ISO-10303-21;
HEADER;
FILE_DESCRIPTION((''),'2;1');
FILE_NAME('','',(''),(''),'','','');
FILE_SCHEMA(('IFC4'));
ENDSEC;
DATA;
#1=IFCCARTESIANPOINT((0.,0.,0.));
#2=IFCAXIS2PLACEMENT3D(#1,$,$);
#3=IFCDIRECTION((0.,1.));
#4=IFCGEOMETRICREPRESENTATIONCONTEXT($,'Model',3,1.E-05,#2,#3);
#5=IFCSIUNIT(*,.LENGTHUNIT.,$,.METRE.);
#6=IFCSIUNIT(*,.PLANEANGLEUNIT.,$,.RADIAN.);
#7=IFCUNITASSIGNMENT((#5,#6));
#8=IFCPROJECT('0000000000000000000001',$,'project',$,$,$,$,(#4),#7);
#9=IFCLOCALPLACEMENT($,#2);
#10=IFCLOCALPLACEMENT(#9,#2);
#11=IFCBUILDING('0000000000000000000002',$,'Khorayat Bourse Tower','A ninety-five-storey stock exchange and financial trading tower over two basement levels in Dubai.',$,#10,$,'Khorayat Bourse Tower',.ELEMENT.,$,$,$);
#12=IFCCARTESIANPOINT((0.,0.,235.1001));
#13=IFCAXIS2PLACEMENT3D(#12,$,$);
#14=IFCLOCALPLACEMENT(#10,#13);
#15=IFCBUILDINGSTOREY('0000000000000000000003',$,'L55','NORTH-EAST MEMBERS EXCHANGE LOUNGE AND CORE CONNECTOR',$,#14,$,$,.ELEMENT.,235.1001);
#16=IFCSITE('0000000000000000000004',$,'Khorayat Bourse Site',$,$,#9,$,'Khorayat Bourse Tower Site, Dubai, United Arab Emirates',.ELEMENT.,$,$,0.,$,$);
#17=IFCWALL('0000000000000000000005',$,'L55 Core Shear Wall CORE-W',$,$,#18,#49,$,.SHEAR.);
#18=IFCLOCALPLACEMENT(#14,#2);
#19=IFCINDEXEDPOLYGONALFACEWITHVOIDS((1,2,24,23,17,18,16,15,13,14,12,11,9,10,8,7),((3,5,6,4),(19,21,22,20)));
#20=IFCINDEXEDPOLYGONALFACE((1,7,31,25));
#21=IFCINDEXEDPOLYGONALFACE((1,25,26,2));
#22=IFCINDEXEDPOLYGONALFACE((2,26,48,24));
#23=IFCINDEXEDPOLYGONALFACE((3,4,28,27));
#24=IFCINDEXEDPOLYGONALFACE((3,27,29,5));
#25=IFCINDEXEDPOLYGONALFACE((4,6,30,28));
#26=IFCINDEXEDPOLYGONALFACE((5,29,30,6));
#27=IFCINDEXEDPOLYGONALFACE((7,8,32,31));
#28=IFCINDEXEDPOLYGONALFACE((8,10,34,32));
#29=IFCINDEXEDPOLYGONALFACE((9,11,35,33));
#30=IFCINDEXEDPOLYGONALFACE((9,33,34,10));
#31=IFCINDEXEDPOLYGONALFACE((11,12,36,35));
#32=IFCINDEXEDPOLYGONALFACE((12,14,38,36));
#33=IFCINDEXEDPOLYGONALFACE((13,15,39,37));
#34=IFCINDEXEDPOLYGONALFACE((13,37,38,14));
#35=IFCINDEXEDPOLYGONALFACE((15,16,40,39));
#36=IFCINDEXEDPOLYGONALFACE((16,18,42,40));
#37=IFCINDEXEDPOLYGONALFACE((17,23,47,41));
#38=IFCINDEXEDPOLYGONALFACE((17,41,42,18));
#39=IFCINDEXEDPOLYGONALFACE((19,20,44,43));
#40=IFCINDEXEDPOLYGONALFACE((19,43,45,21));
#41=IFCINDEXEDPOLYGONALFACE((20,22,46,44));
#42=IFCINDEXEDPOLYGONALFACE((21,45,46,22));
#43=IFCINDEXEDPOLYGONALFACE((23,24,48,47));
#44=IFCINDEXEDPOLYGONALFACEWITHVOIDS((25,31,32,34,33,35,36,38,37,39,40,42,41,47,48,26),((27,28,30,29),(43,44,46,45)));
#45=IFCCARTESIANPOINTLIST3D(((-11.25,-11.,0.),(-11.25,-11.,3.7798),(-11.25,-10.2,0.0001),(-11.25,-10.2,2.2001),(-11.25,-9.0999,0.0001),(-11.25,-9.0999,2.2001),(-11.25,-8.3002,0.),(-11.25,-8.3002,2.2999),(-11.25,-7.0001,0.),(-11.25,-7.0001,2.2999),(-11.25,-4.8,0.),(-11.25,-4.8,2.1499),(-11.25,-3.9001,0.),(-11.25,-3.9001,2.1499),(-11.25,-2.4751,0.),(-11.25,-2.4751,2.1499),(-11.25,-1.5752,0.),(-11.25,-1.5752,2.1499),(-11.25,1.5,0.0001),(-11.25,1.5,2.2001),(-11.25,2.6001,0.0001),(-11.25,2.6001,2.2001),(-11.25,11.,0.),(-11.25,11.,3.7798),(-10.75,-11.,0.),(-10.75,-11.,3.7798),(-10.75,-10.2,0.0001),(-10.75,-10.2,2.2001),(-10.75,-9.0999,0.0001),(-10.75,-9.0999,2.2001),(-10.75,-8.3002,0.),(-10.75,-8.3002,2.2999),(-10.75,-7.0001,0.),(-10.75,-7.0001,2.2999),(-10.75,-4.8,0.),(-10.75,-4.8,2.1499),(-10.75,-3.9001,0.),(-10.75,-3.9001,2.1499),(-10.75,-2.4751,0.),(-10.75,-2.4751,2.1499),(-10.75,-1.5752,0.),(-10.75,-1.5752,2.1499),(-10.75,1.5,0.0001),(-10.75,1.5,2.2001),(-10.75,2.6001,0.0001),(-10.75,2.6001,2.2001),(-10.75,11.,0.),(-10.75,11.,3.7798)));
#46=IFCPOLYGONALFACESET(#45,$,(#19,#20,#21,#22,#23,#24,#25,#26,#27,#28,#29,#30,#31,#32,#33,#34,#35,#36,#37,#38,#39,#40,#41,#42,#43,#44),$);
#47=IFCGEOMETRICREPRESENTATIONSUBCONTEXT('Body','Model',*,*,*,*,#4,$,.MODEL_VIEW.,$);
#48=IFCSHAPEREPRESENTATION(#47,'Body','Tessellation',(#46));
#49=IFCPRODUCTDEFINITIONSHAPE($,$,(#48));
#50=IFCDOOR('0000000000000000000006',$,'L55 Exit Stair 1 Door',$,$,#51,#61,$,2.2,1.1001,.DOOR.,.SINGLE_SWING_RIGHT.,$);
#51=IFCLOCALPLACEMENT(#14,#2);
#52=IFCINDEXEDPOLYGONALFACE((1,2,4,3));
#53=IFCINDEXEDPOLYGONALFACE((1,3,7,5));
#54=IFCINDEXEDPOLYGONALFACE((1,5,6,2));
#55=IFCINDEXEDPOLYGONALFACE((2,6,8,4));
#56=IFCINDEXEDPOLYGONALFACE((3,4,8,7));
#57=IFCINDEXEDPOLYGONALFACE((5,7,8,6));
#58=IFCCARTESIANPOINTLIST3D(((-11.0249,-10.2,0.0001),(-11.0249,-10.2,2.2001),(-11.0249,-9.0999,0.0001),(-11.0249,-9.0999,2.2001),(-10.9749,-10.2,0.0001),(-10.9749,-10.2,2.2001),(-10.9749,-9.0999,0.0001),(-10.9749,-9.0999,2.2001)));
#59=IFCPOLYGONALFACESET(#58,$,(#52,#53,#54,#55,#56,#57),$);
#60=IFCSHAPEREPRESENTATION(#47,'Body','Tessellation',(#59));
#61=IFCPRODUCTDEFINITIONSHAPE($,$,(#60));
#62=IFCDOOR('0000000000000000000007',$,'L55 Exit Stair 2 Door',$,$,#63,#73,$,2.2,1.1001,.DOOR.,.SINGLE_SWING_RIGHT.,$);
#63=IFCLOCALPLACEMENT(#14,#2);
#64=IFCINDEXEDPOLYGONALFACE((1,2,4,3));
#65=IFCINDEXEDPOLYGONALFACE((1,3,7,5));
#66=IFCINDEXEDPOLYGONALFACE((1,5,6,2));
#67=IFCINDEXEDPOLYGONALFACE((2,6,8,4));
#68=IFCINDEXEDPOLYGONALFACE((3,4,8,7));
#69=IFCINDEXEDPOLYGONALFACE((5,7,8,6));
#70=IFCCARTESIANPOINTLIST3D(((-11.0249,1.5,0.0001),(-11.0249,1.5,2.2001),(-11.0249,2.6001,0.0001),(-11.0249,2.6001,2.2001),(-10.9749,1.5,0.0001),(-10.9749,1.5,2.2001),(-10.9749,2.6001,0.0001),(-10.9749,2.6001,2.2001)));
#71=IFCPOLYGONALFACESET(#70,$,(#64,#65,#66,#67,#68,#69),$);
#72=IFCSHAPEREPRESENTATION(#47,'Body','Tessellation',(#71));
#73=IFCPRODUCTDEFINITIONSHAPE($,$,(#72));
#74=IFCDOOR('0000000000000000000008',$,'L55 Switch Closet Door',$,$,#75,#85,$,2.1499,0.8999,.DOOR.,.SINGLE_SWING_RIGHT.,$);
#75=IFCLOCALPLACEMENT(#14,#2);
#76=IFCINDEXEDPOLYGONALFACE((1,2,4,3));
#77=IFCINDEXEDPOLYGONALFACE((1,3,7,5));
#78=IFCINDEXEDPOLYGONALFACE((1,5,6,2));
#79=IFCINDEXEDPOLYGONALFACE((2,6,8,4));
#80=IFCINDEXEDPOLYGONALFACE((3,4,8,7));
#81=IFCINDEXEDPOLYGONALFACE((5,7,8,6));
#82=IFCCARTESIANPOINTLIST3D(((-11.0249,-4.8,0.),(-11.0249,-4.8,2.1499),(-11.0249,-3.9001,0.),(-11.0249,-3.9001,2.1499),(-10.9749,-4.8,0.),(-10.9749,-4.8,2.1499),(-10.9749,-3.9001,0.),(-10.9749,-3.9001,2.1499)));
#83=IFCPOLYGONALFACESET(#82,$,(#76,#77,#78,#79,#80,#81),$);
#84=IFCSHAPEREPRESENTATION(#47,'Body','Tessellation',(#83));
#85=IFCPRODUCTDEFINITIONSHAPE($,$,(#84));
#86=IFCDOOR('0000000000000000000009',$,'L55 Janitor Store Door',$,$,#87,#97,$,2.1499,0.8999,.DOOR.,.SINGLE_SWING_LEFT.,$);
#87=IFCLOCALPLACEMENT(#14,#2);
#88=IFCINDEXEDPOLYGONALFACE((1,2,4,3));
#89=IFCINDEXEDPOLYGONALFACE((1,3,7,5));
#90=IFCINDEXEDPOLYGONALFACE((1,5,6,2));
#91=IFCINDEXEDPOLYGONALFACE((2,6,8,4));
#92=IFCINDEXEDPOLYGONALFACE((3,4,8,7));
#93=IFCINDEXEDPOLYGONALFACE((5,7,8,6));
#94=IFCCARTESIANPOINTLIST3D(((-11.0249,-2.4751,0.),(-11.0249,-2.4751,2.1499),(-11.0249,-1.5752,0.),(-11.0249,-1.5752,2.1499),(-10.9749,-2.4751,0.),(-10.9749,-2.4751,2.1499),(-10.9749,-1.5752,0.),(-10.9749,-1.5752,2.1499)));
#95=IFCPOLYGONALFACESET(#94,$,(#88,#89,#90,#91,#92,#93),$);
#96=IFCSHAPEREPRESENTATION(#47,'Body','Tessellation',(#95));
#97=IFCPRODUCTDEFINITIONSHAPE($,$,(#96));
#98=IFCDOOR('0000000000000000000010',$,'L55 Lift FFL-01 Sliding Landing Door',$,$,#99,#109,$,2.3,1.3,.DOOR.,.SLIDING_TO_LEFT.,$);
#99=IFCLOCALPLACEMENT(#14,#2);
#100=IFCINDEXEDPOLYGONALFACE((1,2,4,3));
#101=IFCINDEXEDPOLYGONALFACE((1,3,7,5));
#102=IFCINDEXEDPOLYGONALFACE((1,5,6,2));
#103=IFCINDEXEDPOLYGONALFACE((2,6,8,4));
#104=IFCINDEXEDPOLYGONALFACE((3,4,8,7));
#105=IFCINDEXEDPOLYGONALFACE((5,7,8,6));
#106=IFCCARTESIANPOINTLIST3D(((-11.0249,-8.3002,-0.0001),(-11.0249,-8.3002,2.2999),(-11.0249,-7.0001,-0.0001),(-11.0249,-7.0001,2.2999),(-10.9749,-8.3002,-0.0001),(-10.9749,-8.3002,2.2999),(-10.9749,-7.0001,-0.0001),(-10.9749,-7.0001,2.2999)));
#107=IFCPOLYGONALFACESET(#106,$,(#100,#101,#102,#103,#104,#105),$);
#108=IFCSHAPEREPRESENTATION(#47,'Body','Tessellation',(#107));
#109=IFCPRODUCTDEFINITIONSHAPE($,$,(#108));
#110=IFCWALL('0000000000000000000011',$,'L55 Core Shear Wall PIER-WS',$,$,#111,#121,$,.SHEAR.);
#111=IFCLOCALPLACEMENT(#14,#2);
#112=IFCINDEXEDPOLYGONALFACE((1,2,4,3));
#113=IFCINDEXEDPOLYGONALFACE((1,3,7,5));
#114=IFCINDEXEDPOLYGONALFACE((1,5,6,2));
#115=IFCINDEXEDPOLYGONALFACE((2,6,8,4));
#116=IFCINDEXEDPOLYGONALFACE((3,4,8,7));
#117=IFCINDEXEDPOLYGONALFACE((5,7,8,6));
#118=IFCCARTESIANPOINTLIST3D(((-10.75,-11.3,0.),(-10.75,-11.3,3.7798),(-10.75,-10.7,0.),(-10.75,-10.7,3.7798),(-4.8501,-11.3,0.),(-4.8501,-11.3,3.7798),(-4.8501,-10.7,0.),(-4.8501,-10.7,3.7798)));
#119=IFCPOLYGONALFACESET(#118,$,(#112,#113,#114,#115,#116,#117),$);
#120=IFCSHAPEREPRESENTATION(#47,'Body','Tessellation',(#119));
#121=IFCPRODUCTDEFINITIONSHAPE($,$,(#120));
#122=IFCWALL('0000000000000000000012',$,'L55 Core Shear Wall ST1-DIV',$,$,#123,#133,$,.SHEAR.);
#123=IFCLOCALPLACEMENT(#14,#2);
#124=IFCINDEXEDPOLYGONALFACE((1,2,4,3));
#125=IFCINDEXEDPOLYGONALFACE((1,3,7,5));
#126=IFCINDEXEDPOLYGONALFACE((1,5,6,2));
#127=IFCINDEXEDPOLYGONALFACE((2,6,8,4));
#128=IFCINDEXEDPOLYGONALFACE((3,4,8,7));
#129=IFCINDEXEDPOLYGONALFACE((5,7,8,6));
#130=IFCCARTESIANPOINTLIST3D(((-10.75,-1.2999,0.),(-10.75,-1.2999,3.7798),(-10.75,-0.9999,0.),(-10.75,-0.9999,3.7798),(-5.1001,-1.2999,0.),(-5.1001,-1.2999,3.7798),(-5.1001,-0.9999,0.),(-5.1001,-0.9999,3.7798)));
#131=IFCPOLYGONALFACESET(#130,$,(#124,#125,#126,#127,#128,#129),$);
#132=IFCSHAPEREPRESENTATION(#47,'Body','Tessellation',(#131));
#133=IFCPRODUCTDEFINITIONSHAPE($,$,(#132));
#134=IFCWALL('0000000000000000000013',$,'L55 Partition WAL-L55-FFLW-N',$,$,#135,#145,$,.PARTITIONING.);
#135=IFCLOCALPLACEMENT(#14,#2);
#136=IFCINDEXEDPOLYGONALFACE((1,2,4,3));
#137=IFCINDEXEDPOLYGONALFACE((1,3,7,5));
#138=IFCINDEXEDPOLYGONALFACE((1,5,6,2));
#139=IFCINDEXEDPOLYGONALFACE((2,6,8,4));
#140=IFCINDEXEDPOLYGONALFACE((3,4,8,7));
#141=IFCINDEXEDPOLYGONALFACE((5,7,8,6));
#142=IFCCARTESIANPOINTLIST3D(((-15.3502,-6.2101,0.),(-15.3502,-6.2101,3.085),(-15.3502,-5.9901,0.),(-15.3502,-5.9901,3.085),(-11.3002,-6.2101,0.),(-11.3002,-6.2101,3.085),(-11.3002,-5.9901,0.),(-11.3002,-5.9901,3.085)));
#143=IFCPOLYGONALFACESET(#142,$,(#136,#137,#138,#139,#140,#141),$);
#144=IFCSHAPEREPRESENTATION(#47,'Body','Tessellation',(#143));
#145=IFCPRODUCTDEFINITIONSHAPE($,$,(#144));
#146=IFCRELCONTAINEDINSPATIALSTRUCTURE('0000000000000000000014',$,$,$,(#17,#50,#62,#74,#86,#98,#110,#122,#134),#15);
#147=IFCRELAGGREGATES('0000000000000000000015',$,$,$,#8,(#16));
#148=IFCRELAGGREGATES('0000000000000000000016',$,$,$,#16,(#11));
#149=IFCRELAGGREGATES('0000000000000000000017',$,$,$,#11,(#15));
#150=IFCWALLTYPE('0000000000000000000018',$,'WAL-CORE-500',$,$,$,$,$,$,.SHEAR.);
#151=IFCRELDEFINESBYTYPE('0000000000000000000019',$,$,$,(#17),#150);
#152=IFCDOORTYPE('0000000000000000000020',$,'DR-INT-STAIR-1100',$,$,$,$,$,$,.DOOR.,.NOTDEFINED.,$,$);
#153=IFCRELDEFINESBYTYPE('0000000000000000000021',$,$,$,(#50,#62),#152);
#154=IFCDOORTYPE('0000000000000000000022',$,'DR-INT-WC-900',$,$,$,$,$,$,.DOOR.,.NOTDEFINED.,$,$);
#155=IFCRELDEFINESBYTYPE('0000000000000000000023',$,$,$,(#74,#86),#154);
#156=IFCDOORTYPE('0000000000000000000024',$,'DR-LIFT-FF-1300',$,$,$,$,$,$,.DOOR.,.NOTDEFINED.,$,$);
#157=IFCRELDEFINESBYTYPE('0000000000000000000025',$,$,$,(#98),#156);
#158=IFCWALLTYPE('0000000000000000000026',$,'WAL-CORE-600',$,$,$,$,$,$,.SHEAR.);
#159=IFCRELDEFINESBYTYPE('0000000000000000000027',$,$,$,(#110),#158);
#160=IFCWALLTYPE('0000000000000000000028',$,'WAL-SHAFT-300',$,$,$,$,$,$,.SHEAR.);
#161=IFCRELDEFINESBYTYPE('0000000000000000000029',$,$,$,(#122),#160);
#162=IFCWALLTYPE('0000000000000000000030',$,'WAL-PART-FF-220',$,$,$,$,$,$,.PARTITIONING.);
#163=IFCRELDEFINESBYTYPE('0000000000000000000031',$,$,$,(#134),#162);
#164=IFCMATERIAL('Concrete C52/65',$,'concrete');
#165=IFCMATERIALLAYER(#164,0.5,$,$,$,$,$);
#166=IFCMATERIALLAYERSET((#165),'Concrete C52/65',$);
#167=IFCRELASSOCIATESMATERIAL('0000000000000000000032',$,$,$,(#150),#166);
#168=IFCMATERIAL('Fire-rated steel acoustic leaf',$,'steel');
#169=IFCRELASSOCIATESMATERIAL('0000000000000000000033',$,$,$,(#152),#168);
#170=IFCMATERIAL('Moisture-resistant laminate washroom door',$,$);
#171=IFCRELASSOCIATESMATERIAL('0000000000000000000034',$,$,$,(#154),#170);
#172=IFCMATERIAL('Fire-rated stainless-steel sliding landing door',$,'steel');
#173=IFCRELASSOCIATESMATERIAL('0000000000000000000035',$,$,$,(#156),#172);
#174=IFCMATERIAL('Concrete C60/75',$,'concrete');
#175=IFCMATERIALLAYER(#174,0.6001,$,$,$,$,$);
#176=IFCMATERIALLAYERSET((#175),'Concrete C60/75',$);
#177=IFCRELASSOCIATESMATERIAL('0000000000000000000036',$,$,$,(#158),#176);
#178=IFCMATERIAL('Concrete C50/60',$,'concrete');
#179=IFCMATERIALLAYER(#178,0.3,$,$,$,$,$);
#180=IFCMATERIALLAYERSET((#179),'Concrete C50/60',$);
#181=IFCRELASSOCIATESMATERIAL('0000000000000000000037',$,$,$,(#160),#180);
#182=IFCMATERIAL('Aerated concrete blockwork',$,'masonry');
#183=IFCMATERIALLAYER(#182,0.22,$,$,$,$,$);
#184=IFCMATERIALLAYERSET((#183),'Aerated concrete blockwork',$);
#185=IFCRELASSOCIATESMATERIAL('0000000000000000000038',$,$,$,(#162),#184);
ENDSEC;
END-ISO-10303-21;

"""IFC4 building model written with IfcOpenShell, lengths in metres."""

from ifc_helpers import new_model, si_unit, direction, frame, frame_2d, origin, place, context, subcontext, project, spatial, rectangle, extrude, source, transform, mapped, material, layer, layer_set, type_object, element, fill, save


model = new_model("IFC4")

# Units and contexts
model_context = context("Model", 3, precision=1e-05, world=origin(), true_north=direction((0.0, 1.0)))
body_context = subcontext(model_context, "Body", "Model", "MODEL_VIEW")
ifc_project = project(units=[si_unit("LENGTHUNIT", "METRE"), si_unit("PLANEANGLEUNIT", "RADIAN")], contexts=[model_context])

# Site, building, storey
site_placement = place(None, origin())
site = spatial("IfcSite", under=ifc_project, at=site_placement, Name="Khorayat Bourse Site", LongName="Khorayat Bourse Tower Site, Dubai, United Arab Emirates", CompositionType="ELEMENT", RefElevation=0.0)
building_placement = place(site_placement, origin())
building = spatial("IfcBuilding", under=site, at=building_placement, Name="Khorayat Bourse Tower", Description="A ninety-five-storey stock exchange and financial trading tower over two basement levels in Dubai.", LongName="Khorayat Bourse Tower", CompositionType="ELEMENT")
storey_placement = place(building_placement, frame((0.0, 0.0, 235.1001)))
storey = spatial("IfcBuildingStorey", under=building, at=storey_placement, Name="L55", Description="NORTH-EAST MEMBERS EXCHANGE LOUNGE AND CORE CONNECTOR", CompositionType="ELEMENT", Elevation=235.1001)

# Shared definitions
ifc_material_1 = material(Name="Concrete C60/75", Category="concrete")

# Wall, openings, doors
ifc_material_2 = material(Name="Concrete C52/65", Category="concrete")
ifc_layer_1 = layer(ifc_material_2, 0.5)
ifc_layer_set_1 = layer_set([ifc_layer_1], Name="Concrete C52/65")
wall_type_1 = type_object("IfcWallType", Name="WAL-CORE-500", PredefinedType="SHEAR", material=ifc_layer_set_1)
shared_shape_1 = source(origin(), body_context, "Body", "SweptSolid", [
    extrude(rectangle(XDim=22.0, YDim=0.5, at=frame_2d((11.0, 0.0))), origin(), (0.0, 0.0, 1.0), 3.7798),
])
wall_1_placement = place(storey_placement, frame((-11.0, -11.0, 0.0), z_axis=(0.0, 0.0, 1.0), x_axis=(0.0, 1.0, 0.0)))
wall_1 = element("IfcWall", 1, at=wall_1_placement, inside=storey, type_object=wall_type_1, Name="L55 Core Shear Wall CORE-W", PredefinedType="SHEAR", context=body_context, shape_type="MappedRepresentation", body=[
    mapped(shared_shape_1, transform((0.0, 0.0, 0.0), scale=1.0)),
])
shared_shape_2 = source(origin(), body_context, "Body", "SweptSolid", [
    extrude(rectangle(XDim=1.1001, YDim=2.2, at=frame_2d((0.55, 1.1001))), frame((0.0, 0.26, 0.0), z_axis=(0.0, -1.0, 0.0), x_axis=(1.0, 0.0, 0.0)), (0.0, 0.0, 1.0), 0.52),
])
opening_1_placement = place(wall_1_placement, frame((0.8, 0.0, 0.0)))
opening_1 = element("IfcOpeningElement", 2, at=opening_1_placement, cuts=wall_1, PredefinedType="OPENING", context=body_context, shape_type="MappedRepresentation", body=[
    mapped(shared_shape_2, transform((0.0, 0.0, 0.0), scale=1.0)),
])
opening_2_placement = place(wall_1_placement, frame((12.5, 0.0, 0.0)))
opening_2 = element("IfcOpeningElement", 3, at=opening_2_placement, cuts=wall_1, PredefinedType="OPENING", context=body_context, shape_type="MappedRepresentation", body=[
    mapped(shared_shape_2, transform((0.0, 0.0, 0.0), scale=1.0)),
])
shared_shape_3 = source(origin(), body_context, "Body", "SweptSolid", [
    extrude(rectangle(XDim=0.8999, YDim=2.1499, at=frame_2d((0.45, 1.075))), frame((0.0, 0.26, 0.0), z_axis=(0.0, -1.0, 0.0), x_axis=(1.0, 0.0, 0.0)), (0.0, 0.0, 1.0), 0.52),
])
opening_3_placement = place(wall_1_placement, frame((6.2, 0.0, 0.0)))
opening_3 = element("IfcOpeningElement", 4, at=opening_3_placement, cuts=wall_1, PredefinedType="OPENING", context=body_context, shape_type="MappedRepresentation", body=[
    mapped(shared_shape_3, transform((0.0, 0.0, 0.0), scale=1.0)),
])
opening_4_placement = place(wall_1_placement, frame((8.5249, 0.0, 0.0)))
opening_4 = element("IfcOpeningElement", 5, at=opening_4_placement, cuts=wall_1, PredefinedType="OPENING", context=body_context, shape_type="MappedRepresentation", body=[
    mapped(shared_shape_3, transform((0.0, 0.0, 0.0), scale=1.0)),
])
shared_shape_4 = source(origin(), body_context, "Body", "SweptSolid", [
    extrude(rectangle(XDim=1.3, YDim=2.3, at=frame_2d((0.6499, 1.1499))), frame((0.0, 0.26, 0.0), z_axis=(0.0, -1.0, 0.0), x_axis=(1.0, 0.0, 0.0)), (0.0, 0.0, 1.0), 0.52),
])
opening_5_placement = place(wall_1_placement, frame((2.7, 0.0, 0.0)))
opening_5 = element("IfcOpeningElement", 6, at=opening_5_placement, cuts=wall_1, PredefinedType="OPENING", context=body_context, shape_type="MappedRepresentation", body=[
    mapped(shared_shape_4, transform((0.0, 0.0, 0.0), scale=1.0)),
])
ifc_material_3 = material(Name="Fire-rated steel acoustic leaf", Category="steel")
door_type_1 = type_object("IfcDoorType", Name="DR-INT-STAIR-1100", OperationType="NOTDEFINED", PredefinedType="DOOR", material=ifc_material_3)
shared_shape_5 = source(origin(), body_context, "Body", "SweptSolid", [
    extrude(rectangle(XDim=1.1001, YDim=2.2, at=frame_2d((0.55, 1.1001))), frame((0.0, 0.0249, 0.0), z_axis=(0.0, -1.0, 0.0), x_axis=(1.0, 0.0, 0.0)), (0.0, 0.0, 1.0), 0.05),
])
door_1_placement = place(opening_1_placement, origin())
door_1 = element("IfcDoor", 7, at=door_1_placement, inside=storey, type_object=door_type_1, Name="L55 Exit Stair 1 Door", OperationType="SINGLE_SWING_RIGHT", OverallHeight=2.2, OverallWidth=1.1001, PredefinedType="DOOR", context=body_context, shape_type="MappedRepresentation", body=[
    mapped(shared_shape_5, transform((0.0, 0.0, 0.0), scale=1.0)),
])
fill(opening_1, door_1)
door_2_placement = place(opening_2_placement, origin())
door_2 = element("IfcDoor", 8, at=door_2_placement, inside=storey, type_object=door_type_1, Name="L55 Exit Stair 2 Door", OperationType="SINGLE_SWING_RIGHT", OverallHeight=2.2, OverallWidth=1.1001, PredefinedType="DOOR", context=body_context, shape_type="MappedRepresentation", body=[
    mapped(shared_shape_5, transform((0.0, 0.0, 0.0), scale=1.0)),
])
fill(opening_2, door_2)
ifc_material_4 = material(Name="Moisture-resistant laminate washroom door")
door_type_2 = type_object("IfcDoorType", Name="DR-INT-WC-900", OperationType="NOTDEFINED", PredefinedType="DOOR", material=ifc_material_4)
shared_shape_6 = source(origin(), body_context, "Body", "SweptSolid", [
    extrude(rectangle(XDim=0.8999, YDim=2.1499, at=frame_2d((0.45, 1.075))), frame((0.0, 0.0249, 0.0), z_axis=(0.0, -1.0, 0.0), x_axis=(1.0, 0.0, 0.0)), (0.0, 0.0, 1.0), 0.05),
])
door_3_placement = place(opening_3_placement, origin())
door_3 = element("IfcDoor", 9, at=door_3_placement, inside=storey, type_object=door_type_2, Name="L55 Switch Closet Door", OperationType="SINGLE_SWING_RIGHT", OverallHeight=2.1499, OverallWidth=0.8999, PredefinedType="DOOR", context=body_context, shape_type="MappedRepresentation", body=[
    mapped(shared_shape_6, transform((0.0, 0.0, 0.0), scale=1.0)),
])
fill(opening_3, door_3)
door_4_placement = place(opening_4_placement, origin())
door_4 = element("IfcDoor", 10, at=door_4_placement, inside=storey, type_object=door_type_2, Name="L55 Janitor Store Door", OperationType="SINGLE_SWING_LEFT", OverallHeight=2.1499, OverallWidth=0.8999, PredefinedType="DOOR", context=body_context, shape_type="MappedRepresentation", body=[
    mapped(shared_shape_6, transform((0.0, 0.0, 0.0), scale=1.0)),
])
fill(opening_4, door_4)
ifc_material_5 = material(Name="Fire-rated stainless-steel sliding landing door", Category="steel")
door_type_3 = type_object("IfcDoorType", Name="DR-LIFT-FF-1300", OperationType="NOTDEFINED", PredefinedType="DOOR", material=ifc_material_5)
shared_shape_7 = source(origin(), body_context, "Body", "SweptSolid", [
    extrude(rectangle(XDim=1.3, YDim=2.3, at=frame_2d((0.6499, 1.1499))), frame((0.0, 0.0249, 0.0), z_axis=(0.0, -1.0, 0.0), x_axis=(1.0, 0.0, 0.0)), (0.0, 0.0, 1.0), 0.05),
])
door_5_placement = place(opening_5_placement, origin())
door_5 = element("IfcDoor", 11, at=door_5_placement, inside=storey, type_object=door_type_3, Name="L55 Lift FFL-01 Sliding Landing Door", OperationType="SLIDING_TO_LEFT", OverallHeight=2.3, OverallWidth=1.3, PredefinedType="DOOR", context=body_context, shape_type="MappedRepresentation", body=[
    mapped(shared_shape_7, transform((0.0, 0.0, 0.0), scale=1.0)),
])
fill(opening_5, door_5)

# Walls
ifc_layer_2 = layer(ifc_material_1, 0.6001)
ifc_layer_set_2 = layer_set([ifc_layer_2], Name="Concrete C60/75")
wall_type_2 = type_object("IfcWallType", Name="WAL-CORE-600", PredefinedType="SHEAR", material=ifc_layer_set_2)
shared_shape_8 = source(origin(), body_context, "Body", "SweptSolid", [
    extrude(rectangle(XDim=5.8999, YDim=0.6001, at=frame_2d((2.95, 0.0))), origin(), (0.0, 0.0, 1.0), 3.7798),
])
wall_2_placement = place(storey_placement, frame((-10.75, -11.0, 0.0), z_axis=(0.0, 0.0, 1.0), x_axis=(1.0, 0.0, 0.0)))
element("IfcWall", 12, at=wall_2_placement, inside=storey, type_object=wall_type_2, Name="L55 Core Shear Wall PIER-WS", PredefinedType="SHEAR", context=body_context, shape_type="MappedRepresentation", body=[
    mapped(shared_shape_8, transform((0.0, 0.0, 0.0), scale=1.0)),
])
ifc_material_6 = material(Name="Concrete C50/60", Category="concrete")
ifc_layer_3 = layer(ifc_material_6, 0.3)
ifc_layer_set_3 = layer_set([ifc_layer_3], Name="Concrete C50/60")
wall_type_3 = type_object("IfcWallType", Name="WAL-SHAFT-300", PredefinedType="SHEAR", material=ifc_layer_set_3)
shared_shape_9 = source(origin(), body_context, "Body", "SweptSolid", [
    extrude(rectangle(XDim=5.6499, YDim=0.3, at=frame_2d((2.825, 0.0))), origin(), (0.0, 0.0, 1.0), 3.7798),
])
wall_3_placement = place(storey_placement, frame((-10.75, -1.1499, 0.0), z_axis=(0.0, 0.0, 1.0), x_axis=(1.0, 0.0, 0.0)))
element("IfcWall", 13, at=wall_3_placement, inside=storey, type_object=wall_type_3, Name="L55 Core Shear Wall ST1-DIV", PredefinedType="SHEAR", context=body_context, shape_type="MappedRepresentation", body=[
    mapped(shared_shape_9, transform((0.0, 0.0, 0.0), scale=1.0)),
])
ifc_material_7 = material(Name="Aerated concrete blockwork", Category="masonry")
ifc_layer_4 = layer(ifc_material_7, 0.22)
ifc_layer_set_4 = layer_set([ifc_layer_4], Name="Aerated concrete blockwork")
wall_type_4 = type_object("IfcWallType", Name="WAL-PART-FF-220", PredefinedType="PARTITIONING", material=ifc_layer_set_4)
shared_shape_10 = source(origin(), body_context, "Body", "SweptSolid", [
    extrude(rectangle(XDim=4.05, YDim=0.22, at=frame_2d((2.0249, 0.0))), origin(), (0.0, 0.0, 1.0), 3.085),
])
wall_4_placement = place(storey_placement, frame((-15.3501, -6.1001, 0.0), z_axis=(0.0, 0.0, 1.0), x_axis=(1.0, 0.0, 0.0)))
element("IfcWall", 14, at=wall_4_placement, inside=storey, type_object=wall_type_4, Name="L55 Partition WAL-L55-FFLW-N", PredefinedType="PARTITIONING", context=body_context, shape_type="MappedRepresentation", body=[
    mapped(shared_shape_10, transform((0.0, 0.0, 0.0), scale=1.0)),
])

save(model, "model.ifc")
